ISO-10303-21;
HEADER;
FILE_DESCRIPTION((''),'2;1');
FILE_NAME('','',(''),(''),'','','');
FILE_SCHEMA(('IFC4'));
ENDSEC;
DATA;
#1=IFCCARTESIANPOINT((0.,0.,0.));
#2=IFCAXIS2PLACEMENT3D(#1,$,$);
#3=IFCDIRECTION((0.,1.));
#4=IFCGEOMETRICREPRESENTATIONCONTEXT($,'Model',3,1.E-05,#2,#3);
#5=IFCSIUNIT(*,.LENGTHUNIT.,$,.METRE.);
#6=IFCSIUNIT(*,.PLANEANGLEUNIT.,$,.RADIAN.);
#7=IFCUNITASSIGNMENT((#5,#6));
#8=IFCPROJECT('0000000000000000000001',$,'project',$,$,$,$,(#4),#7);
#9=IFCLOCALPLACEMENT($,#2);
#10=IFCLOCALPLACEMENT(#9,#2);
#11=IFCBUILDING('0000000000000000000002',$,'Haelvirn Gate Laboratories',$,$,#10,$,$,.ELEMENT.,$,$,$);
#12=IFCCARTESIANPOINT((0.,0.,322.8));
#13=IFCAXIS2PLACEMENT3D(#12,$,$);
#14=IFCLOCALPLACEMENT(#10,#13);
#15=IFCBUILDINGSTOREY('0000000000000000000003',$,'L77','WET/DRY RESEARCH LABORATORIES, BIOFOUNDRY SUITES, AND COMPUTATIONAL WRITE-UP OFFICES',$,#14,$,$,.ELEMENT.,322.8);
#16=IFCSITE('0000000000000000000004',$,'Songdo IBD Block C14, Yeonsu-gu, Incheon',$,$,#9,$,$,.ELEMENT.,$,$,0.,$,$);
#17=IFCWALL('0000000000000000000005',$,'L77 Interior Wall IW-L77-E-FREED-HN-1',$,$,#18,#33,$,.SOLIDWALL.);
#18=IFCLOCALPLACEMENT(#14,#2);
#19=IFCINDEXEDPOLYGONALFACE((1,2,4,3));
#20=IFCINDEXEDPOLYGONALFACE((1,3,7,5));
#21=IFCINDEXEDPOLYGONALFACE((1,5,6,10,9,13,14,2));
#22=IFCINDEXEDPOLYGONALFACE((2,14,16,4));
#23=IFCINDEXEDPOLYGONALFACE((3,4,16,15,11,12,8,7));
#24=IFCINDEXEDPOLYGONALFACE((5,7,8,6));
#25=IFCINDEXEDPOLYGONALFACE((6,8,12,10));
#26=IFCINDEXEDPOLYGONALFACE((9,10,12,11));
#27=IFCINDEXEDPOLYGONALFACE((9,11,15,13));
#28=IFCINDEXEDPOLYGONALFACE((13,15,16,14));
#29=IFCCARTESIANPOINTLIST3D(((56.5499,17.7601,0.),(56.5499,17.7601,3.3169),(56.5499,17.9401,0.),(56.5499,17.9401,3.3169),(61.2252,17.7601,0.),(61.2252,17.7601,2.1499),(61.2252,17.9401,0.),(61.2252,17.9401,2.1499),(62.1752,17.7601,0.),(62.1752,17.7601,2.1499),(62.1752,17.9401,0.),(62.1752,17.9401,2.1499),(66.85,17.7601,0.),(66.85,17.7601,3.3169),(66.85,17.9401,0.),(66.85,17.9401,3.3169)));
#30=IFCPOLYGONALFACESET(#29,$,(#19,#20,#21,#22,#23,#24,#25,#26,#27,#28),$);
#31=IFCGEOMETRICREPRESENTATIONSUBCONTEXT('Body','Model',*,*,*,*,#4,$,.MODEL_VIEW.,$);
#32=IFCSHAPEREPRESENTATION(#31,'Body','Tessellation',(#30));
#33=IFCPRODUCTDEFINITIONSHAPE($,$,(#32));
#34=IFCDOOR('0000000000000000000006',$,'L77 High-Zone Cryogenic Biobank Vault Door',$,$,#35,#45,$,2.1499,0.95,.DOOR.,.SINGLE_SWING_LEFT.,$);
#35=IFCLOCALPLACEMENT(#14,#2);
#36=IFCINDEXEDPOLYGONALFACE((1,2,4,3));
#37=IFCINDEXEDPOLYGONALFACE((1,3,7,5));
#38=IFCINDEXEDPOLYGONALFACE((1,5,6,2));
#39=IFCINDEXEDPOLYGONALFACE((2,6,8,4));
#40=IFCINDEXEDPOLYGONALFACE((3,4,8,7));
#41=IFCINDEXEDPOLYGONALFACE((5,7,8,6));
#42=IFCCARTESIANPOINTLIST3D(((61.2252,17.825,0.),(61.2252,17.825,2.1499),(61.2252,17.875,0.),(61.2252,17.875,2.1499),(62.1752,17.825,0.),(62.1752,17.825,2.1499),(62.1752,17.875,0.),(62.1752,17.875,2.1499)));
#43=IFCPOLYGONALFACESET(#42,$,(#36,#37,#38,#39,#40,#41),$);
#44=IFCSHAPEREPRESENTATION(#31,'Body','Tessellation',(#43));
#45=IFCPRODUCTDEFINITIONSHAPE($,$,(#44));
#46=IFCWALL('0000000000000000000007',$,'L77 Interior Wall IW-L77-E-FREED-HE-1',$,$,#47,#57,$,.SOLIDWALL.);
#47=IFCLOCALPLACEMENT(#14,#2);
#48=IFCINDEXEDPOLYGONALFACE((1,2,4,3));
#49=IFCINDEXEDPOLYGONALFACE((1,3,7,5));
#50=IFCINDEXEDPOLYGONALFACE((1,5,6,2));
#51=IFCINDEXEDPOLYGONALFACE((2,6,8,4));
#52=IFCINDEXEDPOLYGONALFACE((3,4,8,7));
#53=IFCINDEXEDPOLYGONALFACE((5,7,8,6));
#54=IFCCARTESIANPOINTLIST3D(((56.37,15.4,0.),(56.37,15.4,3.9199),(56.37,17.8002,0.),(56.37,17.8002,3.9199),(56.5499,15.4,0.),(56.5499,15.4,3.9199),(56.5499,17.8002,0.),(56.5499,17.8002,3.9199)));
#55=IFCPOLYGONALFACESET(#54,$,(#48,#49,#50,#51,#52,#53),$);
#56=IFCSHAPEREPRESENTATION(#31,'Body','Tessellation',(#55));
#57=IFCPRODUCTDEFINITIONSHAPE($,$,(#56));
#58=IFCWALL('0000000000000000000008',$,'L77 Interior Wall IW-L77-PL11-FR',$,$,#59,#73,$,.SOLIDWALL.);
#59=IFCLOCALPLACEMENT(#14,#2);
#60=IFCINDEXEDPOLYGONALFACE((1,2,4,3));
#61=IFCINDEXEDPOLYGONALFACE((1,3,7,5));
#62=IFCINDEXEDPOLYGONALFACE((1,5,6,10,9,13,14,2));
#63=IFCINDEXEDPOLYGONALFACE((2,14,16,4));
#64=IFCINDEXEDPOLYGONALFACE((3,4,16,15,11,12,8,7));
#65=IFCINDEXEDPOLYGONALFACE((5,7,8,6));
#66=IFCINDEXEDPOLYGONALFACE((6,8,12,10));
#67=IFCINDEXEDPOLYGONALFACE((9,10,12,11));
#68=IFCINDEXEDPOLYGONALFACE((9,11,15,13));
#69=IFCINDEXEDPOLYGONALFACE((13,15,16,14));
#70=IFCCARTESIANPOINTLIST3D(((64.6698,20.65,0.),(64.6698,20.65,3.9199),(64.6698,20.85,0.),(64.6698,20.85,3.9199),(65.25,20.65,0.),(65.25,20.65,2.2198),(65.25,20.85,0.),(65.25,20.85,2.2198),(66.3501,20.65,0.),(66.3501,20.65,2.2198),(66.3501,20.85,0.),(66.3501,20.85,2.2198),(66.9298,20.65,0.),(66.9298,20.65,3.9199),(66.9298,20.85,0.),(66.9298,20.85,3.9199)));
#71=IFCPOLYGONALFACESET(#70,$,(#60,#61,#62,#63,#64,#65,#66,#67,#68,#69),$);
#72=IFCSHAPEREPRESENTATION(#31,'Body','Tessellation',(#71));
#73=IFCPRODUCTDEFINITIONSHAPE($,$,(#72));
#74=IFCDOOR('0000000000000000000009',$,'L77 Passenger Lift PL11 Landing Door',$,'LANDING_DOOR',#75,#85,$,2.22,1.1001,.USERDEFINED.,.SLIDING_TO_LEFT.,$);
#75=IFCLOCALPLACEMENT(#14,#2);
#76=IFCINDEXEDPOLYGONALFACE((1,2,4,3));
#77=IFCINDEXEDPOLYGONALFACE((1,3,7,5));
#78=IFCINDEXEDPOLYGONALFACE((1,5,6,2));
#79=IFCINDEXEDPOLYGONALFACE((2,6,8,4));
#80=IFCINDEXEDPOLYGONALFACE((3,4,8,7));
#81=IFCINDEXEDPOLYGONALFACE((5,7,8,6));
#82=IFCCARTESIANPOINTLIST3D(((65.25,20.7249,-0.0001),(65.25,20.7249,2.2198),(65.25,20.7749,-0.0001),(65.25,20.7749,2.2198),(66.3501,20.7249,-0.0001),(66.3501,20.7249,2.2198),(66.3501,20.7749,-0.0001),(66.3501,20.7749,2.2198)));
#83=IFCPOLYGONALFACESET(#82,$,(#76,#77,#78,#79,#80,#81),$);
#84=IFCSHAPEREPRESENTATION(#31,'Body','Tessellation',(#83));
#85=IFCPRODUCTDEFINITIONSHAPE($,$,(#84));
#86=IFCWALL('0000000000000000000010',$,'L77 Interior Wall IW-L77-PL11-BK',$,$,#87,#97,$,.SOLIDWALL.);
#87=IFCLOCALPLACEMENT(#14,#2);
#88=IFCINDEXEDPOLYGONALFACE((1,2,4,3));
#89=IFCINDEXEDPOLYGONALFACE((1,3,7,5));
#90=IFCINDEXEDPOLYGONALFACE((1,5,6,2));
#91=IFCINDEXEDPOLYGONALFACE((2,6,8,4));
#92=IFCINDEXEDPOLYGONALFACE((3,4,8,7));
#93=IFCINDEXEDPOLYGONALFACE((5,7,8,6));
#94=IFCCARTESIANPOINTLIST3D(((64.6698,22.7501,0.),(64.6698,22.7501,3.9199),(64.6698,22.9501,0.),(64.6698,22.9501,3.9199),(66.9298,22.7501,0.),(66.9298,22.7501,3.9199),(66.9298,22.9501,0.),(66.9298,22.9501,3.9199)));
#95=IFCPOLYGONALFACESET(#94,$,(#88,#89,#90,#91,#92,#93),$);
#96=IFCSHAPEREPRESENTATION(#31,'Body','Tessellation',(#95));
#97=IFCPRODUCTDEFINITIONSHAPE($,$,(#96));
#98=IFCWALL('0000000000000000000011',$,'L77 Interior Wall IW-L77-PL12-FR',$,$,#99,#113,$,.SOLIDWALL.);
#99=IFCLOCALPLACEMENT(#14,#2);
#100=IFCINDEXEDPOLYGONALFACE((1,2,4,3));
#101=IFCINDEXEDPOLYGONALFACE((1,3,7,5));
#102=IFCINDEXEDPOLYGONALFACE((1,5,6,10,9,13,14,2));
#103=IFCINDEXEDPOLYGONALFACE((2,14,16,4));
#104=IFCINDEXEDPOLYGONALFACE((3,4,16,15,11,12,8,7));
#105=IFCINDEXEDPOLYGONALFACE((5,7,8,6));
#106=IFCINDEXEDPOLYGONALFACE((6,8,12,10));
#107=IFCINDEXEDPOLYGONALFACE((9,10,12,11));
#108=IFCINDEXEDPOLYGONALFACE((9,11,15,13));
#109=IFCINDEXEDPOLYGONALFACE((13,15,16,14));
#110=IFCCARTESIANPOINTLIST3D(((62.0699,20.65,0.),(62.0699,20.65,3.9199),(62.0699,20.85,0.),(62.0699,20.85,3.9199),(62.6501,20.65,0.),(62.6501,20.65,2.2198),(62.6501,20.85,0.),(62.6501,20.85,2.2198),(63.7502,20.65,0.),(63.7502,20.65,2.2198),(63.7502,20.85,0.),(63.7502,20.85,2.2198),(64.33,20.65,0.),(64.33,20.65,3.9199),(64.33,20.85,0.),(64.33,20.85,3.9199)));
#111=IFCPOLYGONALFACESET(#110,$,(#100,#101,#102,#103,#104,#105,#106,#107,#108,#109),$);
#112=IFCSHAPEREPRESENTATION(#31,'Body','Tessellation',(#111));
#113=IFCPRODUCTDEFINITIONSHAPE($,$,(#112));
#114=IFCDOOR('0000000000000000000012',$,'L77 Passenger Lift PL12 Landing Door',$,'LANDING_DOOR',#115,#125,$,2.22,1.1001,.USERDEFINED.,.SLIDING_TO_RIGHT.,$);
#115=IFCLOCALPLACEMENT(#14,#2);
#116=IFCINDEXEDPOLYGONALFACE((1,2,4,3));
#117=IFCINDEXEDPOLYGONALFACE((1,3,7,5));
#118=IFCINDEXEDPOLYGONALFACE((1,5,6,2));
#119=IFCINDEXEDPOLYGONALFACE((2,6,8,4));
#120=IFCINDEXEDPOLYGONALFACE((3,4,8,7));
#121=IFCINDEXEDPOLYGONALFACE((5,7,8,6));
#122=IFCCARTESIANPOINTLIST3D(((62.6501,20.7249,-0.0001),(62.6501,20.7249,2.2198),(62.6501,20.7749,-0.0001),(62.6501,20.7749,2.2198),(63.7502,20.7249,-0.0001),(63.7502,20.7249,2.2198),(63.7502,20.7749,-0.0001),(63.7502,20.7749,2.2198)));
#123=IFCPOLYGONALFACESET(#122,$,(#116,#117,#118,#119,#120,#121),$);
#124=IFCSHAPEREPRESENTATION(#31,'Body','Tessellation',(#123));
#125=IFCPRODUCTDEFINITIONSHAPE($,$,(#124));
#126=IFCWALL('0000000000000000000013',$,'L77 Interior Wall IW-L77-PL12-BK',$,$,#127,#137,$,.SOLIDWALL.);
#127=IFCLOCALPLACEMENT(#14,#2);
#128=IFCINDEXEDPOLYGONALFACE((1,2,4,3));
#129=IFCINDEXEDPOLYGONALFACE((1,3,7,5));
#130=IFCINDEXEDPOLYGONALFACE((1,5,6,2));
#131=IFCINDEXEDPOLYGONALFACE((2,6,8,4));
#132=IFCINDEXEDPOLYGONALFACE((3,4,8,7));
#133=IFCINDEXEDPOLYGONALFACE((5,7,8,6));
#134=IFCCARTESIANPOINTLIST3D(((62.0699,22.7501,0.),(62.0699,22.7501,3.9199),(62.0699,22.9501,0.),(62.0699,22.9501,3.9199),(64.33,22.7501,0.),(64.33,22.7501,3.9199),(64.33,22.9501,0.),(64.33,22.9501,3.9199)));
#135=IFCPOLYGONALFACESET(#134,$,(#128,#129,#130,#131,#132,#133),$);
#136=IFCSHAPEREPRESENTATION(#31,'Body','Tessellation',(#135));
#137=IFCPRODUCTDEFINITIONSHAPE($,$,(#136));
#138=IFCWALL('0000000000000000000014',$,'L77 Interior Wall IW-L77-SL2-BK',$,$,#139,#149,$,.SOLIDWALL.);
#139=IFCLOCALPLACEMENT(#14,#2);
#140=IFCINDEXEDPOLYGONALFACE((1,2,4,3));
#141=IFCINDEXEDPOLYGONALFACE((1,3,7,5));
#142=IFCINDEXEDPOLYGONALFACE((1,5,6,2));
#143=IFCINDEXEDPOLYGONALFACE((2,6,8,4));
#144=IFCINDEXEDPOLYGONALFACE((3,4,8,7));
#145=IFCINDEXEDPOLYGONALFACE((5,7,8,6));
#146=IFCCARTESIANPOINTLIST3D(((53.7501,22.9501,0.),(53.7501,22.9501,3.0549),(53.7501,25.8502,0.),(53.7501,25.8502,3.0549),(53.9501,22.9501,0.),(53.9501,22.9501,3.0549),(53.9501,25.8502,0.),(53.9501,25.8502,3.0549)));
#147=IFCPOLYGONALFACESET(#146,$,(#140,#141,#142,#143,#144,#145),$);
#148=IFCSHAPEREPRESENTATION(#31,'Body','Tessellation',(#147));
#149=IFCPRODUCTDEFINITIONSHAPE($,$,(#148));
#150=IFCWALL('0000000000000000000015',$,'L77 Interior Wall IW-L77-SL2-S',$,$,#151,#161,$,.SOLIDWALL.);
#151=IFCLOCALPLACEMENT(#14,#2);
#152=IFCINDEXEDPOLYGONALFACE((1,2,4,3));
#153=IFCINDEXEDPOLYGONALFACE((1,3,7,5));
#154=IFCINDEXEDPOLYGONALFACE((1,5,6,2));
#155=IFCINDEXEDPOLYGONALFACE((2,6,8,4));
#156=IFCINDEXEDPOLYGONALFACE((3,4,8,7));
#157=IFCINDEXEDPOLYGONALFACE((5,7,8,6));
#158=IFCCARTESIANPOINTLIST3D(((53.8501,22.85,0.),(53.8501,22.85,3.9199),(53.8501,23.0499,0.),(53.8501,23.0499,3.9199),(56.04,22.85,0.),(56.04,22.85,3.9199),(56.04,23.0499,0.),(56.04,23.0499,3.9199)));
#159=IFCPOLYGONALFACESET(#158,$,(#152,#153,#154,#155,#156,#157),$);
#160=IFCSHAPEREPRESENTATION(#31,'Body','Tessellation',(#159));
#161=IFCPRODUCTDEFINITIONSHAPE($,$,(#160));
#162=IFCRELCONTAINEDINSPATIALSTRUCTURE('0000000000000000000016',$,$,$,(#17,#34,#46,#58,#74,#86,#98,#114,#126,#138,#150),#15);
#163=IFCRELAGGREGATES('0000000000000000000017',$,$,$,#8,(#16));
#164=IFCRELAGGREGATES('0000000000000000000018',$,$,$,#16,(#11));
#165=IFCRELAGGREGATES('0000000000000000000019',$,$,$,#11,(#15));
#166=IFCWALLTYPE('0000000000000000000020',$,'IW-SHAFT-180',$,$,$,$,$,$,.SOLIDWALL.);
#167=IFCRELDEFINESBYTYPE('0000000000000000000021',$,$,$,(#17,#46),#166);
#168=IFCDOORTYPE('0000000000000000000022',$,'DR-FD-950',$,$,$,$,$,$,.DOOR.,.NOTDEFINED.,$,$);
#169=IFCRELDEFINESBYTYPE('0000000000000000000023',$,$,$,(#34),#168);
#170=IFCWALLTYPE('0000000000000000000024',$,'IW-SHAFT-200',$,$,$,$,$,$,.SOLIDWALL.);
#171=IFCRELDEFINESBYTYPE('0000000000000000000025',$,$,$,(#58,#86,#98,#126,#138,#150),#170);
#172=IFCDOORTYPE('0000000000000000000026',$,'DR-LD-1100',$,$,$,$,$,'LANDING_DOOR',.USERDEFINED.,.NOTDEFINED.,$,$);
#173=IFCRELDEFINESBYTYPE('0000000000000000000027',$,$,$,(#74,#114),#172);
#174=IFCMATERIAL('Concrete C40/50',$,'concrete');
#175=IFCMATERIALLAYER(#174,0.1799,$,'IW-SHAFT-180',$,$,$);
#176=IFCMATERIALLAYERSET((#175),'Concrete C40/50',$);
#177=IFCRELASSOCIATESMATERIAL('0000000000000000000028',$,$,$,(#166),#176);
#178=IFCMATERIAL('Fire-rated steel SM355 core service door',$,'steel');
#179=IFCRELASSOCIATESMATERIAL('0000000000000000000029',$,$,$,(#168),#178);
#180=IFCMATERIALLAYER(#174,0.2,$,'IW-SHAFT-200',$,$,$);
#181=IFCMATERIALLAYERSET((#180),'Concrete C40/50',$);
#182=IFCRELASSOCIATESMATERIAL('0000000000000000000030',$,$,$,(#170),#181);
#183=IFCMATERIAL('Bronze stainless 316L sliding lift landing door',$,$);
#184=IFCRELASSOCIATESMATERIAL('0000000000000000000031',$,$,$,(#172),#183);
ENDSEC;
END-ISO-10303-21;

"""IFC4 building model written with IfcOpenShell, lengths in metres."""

from ifc_helpers import new_model, si_unit, direction, frame, frame_2d, origin, place, context, subcontext, project, spatial, rectangle, extrude, source, transform, mapped, material, layer, layer_set, type_object, type_shapes, element, fill, save


model = new_model("IFC4")

# Units and contexts
model_context = context("Model", 3, precision=1e-05, world=origin(), true_north=direction((0.0, 1.0)))
body_context = subcontext(model_context, "Body", "Model", "MODEL_VIEW")
ifc_project = project(units=[si_unit("LENGTHUNIT", "METRE"), si_unit("PLANEANGLEUNIT", "RADIAN")], contexts=[model_context])

# Site, building, storey
site_placement = place(None, origin())
site = spatial("IfcSite", under=ifc_project, at=site_placement, Name="Songdo IBD Block C14, Yeonsu-gu, Incheon", CompositionType="ELEMENT", RefElevation=0.0)
building_placement = place(site_placement, origin())
building = spatial("IfcBuilding", under=site, at=building_placement, Name="Haelvirn Gate Laboratories", CompositionType="ELEMENT")
storey_placement = place(building_placement, frame((0.0, 0.0, 322.8)))
storey = spatial("IfcBuildingStorey", under=building, at=storey_placement, Name="L77", Description="WET/DRY RESEARCH LABORATORIES, BIOFOUNDRY SUITES, AND COMPUTATIONAL WRITE-UP OFFICES", CompositionType="ELEMENT", Elevation=322.8)

# Shared definitions
ifc_material_1 = material(Name="Concrete C40/50", Category="concrete")
ifc_layer_1 = layer(ifc_material_1, 0.1799, Name="IW-SHAFT-180")
ifc_layer_set_1 = layer_set([ifc_layer_1], Name="Concrete C40/50")
wall_type_1 = type_object("IfcWallType", Name="IW-SHAFT-180", PredefinedType="SOLIDWALL", material=ifc_layer_set_1)

# Wall, opening, door
wall_1_placement = place(storey_placement, frame((56.55, 17.8501, 0.0), z_axis=(0.0, 0.0, 1.0), x_axis=(1.0, 0.0, 0.0)))
wall_1 = element("IfcWall", 1, at=wall_1_placement, inside=storey, type_object=wall_type_1, Name="L77 Interior Wall IW-L77-E-FREED-HN-1", PredefinedType="SOLIDWALL", context=body_context, shape_type="SweptSolid", body=[
    extrude(rectangle(XDim=10.3, YDim=0.1799, at=frame_2d((5.1499, 0.0))), origin(), (0.0, 0.0, 1.0), 3.3169),
])
opening_1_placement = place(wall_1_placement, frame((4.675, 0.0, 0.0)))
opening_1 = element("IfcOpeningElement", 2, at=opening_1_placement, cuts=wall_1, PredefinedType="OPENING", context=body_context, shape_type="SweptSolid", body=[
    extrude(rectangle(XDim=0.95, YDim=2.1499, at=frame_2d((0.4751, 1.075))), frame((0.0, 0.1001, 0.0), z_axis=(0.0, -1.0, 0.0), x_axis=(1.0, 0.0, 0.0)), (0.0, 0.0, 1.0), 0.2),
])
ifc_material_2 = material(Name="Fire-rated steel SM355 core service door", Category="steel")
door_type_1 = type_object("IfcDoorType", Name="DR-FD-950", OperationType="NOTDEFINED", PredefinedType="DOOR", material=ifc_material_2)
shared_shape_1 = source(origin(), body_context, "Body", "SweptSolid", [
    extrude(rectangle(XDim=0.95, YDim=2.1499, at=frame_2d((0.4751, 1.075))), frame((0.0, 0.0249, 0.0), z_axis=(0.0, -1.0, 0.0), x_axis=(1.0, 0.0, 0.0)), (0.0, 0.0, 1.0), 0.05),
])
type_shapes(door_type_1, [shared_shape_1])
door_1_placement = place(opening_1_placement, origin())
door_1 = element("IfcDoor", 3, at=door_1_placement, inside=storey, type_object=door_type_1, Name="L77 High-Zone Cryogenic Biobank Vault Door", OperationType="SINGLE_SWING_LEFT", OverallHeight=2.1499, OverallWidth=0.95, PredefinedType="DOOR", context=body_context, shape_type="MappedRepresentation", body=[
    mapped(shared_shape_1, transform((0.0, 0.0, 0.0), scale=1.0)),
])
fill(opening_1, door_1)

# Wall
wall_2_placement = place(storey_placement, frame((56.46, 15.3999, 0.0), z_axis=(0.0, 0.0, 1.0), x_axis=(0.0, 1.0, 0.0)))
element("IfcWall", 4, at=wall_2_placement, inside=storey, type_object=wall_type_1, Name="L77 Interior Wall IW-L77-E-FREED-HE-1", PredefinedType="SOLIDWALL", context=body_context, shape_type="SweptSolid", body=[
    extrude(rectangle(XDim=2.4001, YDim=0.1799, at=frame_2d((1.2002, 0.0))), origin(), (0.0, 0.0, 1.0), 3.9199),
])

# Wall, opening, door
ifc_layer_2 = layer(ifc_material_1, 0.2, Name="IW-SHAFT-200")
ifc_layer_set_2 = layer_set([ifc_layer_2], Name="Concrete C40/50")
wall_type_2 = type_object("IfcWallType", Name="IW-SHAFT-200", PredefinedType="SOLIDWALL", material=ifc_layer_set_2)
wall_3_placement = place(storey_placement, frame((64.6699, 20.75, 0.0), z_axis=(0.0, 0.0, 1.0), x_axis=(1.0, 0.0, 0.0)))
wall_3 = element("IfcWall", 5, at=wall_3_placement, inside=storey, type_object=wall_type_2, Name="L77 Interior Wall IW-L77-PL11-FR", PredefinedType="SOLIDWALL", context=body_context, shape_type="SweptSolid", body=[
    extrude(rectangle(XDim=2.26, YDim=0.2, at=frame_2d((1.1299, 0.0))), origin(), (0.0, 0.0, 1.0), 3.9199),
])
opening_2_placement = place(wall_3_placement, frame((0.5801, 0.0, 0.0)))
opening_2 = element("IfcOpeningElement", 6, at=opening_2_placement, cuts=wall_3, PredefinedType="OPENING", context=body_context, shape_type="SweptSolid", body=[
    extrude(rectangle(XDim=1.1001, YDim=2.22, at=frame_2d((0.55, 1.1099))), frame((0.0, 0.1099, 0.0), z_axis=(0.0, -1.0, 0.0), x_axis=(1.0, 0.0, 0.0)), (0.0, 0.0, 1.0), 0.22),
])
ifc_material_3 = material(Name="Bronze stainless 316L sliding lift landing door")
door_type_2 = type_object("IfcDoorType", Name="DR-LD-1100", ElementType="LANDING_DOOR", OperationType="NOTDEFINED", PredefinedType="USERDEFINED", material=ifc_material_3)
shared_shape_2 = source(origin(), body_context, "Body", "SweptSolid", [
    extrude(rectangle(XDim=1.1001, YDim=2.22, at=frame_2d((0.55, 1.1099))), frame((0.0, 0.0249, 0.0), z_axis=(0.0, -1.0, 0.0), x_axis=(1.0, 0.0, 0.0)), (0.0, 0.0, 1.0), 0.05),
])
type_shapes(door_type_2, [shared_shape_2])
door_2_placement = place(opening_2_placement, origin())
door_2 = element("IfcDoor", 7, at=door_2_placement, inside=storey, type_object=door_type_2, Name="L77 Passenger Lift PL11 Landing Door", ObjectType="LANDING_DOOR", OperationType="SLIDING_TO_LEFT", OverallHeight=2.22, OverallWidth=1.1001, PredefinedType="USERDEFINED", context=body_context, shape_type="MappedRepresentation", body=[
    mapped(shared_shape_2, transform((0.0, 0.0, 0.0), scale=1.0)),
])
fill(opening_2, door_2)

# Wall
wall_4_placement = place(storey_placement, frame((64.6699, 22.8501, 0.0), z_axis=(0.0, 0.0, 1.0), x_axis=(1.0, 0.0, 0.0)))
element("IfcWall", 8, at=wall_4_placement, inside=storey, type_object=wall_type_2, Name="L77 Interior Wall IW-L77-PL11-BK", PredefinedType="SOLIDWALL", context=body_context, shape_type="SweptSolid", body=[
    extrude(rectangle(XDim=2.26, YDim=0.2, at=frame_2d((1.1299, 0.0))), origin(), (0.0, 0.0, 1.0), 3.9199),
])

# Wall, opening, door
wall_5_placement = place(storey_placement, frame((62.0701, 20.75, 0.0), z_axis=(0.0, 0.0, 1.0), x_axis=(1.0, 0.0, 0.0)))
wall_5 = element("IfcWall", 9, at=wall_5_placement, inside=storey, type_object=wall_type_2, Name="L77 Interior Wall IW-L77-PL12-FR", PredefinedType="SOLIDWALL", context=body_context, shape_type="SweptSolid", body=[
    extrude(rectangle(XDim=2.26, YDim=0.2, at=frame_2d((1.1299, 0.0))), origin(), (0.0, 0.0, 1.0), 3.9199),
])
opening_3_placement = place(wall_5_placement, frame((0.5801, 0.0, 0.0)))
opening_3 = element("IfcOpeningElement", 10, at=opening_3_placement, cuts=wall_5, PredefinedType="OPENING", context=body_context, shape_type="SweptSolid", body=[
    extrude(rectangle(XDim=1.1001, YDim=2.22, at=frame_2d((0.55, 1.1099))), frame((0.0, 0.1099, 0.0), z_axis=(0.0, -1.0, 0.0), x_axis=(1.0, 0.0, 0.0)), (0.0, 0.0, 1.0), 0.22),
])
door_3_placement = place(opening_3_placement, origin())
door_3 = element("IfcDoor", 11, at=door_3_placement, inside=storey, type_object=door_type_2, Name="L77 Passenger Lift PL12 Landing Door", ObjectType="LANDING_DOOR", OperationType="SLIDING_TO_RIGHT", OverallHeight=2.22, OverallWidth=1.1001, PredefinedType="USERDEFINED", context=body_context, shape_type="MappedRepresentation", body=[
    mapped(shared_shape_2, transform((0.0, 0.0, 0.0), scale=1.0)),
])
fill(opening_3, door_3)

# Walls
wall_6_placement = place(storey_placement, frame((62.0701, 22.8501, 0.0), z_axis=(0.0, 0.0, 1.0), x_axis=(1.0, 0.0, 0.0)))
element("IfcWall", 12, at=wall_6_placement, inside=storey, type_object=wall_type_2, Name="L77 Interior Wall IW-L77-PL12-BK", PredefinedType="SOLIDWALL", context=body_context, shape_type="SweptSolid", body=[
    extrude(rectangle(XDim=2.26, YDim=0.2, at=frame_2d((1.1299, 0.0))), origin(), (0.0, 0.0, 1.0), 3.9199),
])
wall_7_placement = place(storey_placement, frame((53.8501, 22.95, 0.0), z_axis=(0.0, 0.0, 1.0), x_axis=(0.0, 1.0, 0.0)))
element("IfcWall", 13, at=wall_7_placement, inside=storey, type_object=wall_type_2, Name="L77 Interior Wall IW-L77-SL2-BK", PredefinedType="SOLIDWALL", context=body_context, shape_type="SweptSolid", body=[
    extrude(rectangle(XDim=2.9001, YDim=0.2, at=frame_2d((1.4502, 0.0))), origin(), (0.0, 0.0, 1.0), 3.0549),
])
wall_8_placement = place(storey_placement, frame((53.8501, 22.95, 0.0), z_axis=(0.0, 0.0, 1.0), x_axis=(1.0, 0.0, 0.0)))
element("IfcWall", 14, at=wall_8_placement, inside=storey, type_object=wall_type_2, Name="L77 Interior Wall IW-L77-SL2-S", PredefinedType="SOLIDWALL", context=body_context, shape_type="SweptSolid", body=[
    extrude(rectangle(XDim=2.1899, YDim=0.2, at=frame_2d((1.095, 0.0))), origin(), (0.0, 0.0, 1.0), 3.9199),
])

save(model, "model.ifc")
